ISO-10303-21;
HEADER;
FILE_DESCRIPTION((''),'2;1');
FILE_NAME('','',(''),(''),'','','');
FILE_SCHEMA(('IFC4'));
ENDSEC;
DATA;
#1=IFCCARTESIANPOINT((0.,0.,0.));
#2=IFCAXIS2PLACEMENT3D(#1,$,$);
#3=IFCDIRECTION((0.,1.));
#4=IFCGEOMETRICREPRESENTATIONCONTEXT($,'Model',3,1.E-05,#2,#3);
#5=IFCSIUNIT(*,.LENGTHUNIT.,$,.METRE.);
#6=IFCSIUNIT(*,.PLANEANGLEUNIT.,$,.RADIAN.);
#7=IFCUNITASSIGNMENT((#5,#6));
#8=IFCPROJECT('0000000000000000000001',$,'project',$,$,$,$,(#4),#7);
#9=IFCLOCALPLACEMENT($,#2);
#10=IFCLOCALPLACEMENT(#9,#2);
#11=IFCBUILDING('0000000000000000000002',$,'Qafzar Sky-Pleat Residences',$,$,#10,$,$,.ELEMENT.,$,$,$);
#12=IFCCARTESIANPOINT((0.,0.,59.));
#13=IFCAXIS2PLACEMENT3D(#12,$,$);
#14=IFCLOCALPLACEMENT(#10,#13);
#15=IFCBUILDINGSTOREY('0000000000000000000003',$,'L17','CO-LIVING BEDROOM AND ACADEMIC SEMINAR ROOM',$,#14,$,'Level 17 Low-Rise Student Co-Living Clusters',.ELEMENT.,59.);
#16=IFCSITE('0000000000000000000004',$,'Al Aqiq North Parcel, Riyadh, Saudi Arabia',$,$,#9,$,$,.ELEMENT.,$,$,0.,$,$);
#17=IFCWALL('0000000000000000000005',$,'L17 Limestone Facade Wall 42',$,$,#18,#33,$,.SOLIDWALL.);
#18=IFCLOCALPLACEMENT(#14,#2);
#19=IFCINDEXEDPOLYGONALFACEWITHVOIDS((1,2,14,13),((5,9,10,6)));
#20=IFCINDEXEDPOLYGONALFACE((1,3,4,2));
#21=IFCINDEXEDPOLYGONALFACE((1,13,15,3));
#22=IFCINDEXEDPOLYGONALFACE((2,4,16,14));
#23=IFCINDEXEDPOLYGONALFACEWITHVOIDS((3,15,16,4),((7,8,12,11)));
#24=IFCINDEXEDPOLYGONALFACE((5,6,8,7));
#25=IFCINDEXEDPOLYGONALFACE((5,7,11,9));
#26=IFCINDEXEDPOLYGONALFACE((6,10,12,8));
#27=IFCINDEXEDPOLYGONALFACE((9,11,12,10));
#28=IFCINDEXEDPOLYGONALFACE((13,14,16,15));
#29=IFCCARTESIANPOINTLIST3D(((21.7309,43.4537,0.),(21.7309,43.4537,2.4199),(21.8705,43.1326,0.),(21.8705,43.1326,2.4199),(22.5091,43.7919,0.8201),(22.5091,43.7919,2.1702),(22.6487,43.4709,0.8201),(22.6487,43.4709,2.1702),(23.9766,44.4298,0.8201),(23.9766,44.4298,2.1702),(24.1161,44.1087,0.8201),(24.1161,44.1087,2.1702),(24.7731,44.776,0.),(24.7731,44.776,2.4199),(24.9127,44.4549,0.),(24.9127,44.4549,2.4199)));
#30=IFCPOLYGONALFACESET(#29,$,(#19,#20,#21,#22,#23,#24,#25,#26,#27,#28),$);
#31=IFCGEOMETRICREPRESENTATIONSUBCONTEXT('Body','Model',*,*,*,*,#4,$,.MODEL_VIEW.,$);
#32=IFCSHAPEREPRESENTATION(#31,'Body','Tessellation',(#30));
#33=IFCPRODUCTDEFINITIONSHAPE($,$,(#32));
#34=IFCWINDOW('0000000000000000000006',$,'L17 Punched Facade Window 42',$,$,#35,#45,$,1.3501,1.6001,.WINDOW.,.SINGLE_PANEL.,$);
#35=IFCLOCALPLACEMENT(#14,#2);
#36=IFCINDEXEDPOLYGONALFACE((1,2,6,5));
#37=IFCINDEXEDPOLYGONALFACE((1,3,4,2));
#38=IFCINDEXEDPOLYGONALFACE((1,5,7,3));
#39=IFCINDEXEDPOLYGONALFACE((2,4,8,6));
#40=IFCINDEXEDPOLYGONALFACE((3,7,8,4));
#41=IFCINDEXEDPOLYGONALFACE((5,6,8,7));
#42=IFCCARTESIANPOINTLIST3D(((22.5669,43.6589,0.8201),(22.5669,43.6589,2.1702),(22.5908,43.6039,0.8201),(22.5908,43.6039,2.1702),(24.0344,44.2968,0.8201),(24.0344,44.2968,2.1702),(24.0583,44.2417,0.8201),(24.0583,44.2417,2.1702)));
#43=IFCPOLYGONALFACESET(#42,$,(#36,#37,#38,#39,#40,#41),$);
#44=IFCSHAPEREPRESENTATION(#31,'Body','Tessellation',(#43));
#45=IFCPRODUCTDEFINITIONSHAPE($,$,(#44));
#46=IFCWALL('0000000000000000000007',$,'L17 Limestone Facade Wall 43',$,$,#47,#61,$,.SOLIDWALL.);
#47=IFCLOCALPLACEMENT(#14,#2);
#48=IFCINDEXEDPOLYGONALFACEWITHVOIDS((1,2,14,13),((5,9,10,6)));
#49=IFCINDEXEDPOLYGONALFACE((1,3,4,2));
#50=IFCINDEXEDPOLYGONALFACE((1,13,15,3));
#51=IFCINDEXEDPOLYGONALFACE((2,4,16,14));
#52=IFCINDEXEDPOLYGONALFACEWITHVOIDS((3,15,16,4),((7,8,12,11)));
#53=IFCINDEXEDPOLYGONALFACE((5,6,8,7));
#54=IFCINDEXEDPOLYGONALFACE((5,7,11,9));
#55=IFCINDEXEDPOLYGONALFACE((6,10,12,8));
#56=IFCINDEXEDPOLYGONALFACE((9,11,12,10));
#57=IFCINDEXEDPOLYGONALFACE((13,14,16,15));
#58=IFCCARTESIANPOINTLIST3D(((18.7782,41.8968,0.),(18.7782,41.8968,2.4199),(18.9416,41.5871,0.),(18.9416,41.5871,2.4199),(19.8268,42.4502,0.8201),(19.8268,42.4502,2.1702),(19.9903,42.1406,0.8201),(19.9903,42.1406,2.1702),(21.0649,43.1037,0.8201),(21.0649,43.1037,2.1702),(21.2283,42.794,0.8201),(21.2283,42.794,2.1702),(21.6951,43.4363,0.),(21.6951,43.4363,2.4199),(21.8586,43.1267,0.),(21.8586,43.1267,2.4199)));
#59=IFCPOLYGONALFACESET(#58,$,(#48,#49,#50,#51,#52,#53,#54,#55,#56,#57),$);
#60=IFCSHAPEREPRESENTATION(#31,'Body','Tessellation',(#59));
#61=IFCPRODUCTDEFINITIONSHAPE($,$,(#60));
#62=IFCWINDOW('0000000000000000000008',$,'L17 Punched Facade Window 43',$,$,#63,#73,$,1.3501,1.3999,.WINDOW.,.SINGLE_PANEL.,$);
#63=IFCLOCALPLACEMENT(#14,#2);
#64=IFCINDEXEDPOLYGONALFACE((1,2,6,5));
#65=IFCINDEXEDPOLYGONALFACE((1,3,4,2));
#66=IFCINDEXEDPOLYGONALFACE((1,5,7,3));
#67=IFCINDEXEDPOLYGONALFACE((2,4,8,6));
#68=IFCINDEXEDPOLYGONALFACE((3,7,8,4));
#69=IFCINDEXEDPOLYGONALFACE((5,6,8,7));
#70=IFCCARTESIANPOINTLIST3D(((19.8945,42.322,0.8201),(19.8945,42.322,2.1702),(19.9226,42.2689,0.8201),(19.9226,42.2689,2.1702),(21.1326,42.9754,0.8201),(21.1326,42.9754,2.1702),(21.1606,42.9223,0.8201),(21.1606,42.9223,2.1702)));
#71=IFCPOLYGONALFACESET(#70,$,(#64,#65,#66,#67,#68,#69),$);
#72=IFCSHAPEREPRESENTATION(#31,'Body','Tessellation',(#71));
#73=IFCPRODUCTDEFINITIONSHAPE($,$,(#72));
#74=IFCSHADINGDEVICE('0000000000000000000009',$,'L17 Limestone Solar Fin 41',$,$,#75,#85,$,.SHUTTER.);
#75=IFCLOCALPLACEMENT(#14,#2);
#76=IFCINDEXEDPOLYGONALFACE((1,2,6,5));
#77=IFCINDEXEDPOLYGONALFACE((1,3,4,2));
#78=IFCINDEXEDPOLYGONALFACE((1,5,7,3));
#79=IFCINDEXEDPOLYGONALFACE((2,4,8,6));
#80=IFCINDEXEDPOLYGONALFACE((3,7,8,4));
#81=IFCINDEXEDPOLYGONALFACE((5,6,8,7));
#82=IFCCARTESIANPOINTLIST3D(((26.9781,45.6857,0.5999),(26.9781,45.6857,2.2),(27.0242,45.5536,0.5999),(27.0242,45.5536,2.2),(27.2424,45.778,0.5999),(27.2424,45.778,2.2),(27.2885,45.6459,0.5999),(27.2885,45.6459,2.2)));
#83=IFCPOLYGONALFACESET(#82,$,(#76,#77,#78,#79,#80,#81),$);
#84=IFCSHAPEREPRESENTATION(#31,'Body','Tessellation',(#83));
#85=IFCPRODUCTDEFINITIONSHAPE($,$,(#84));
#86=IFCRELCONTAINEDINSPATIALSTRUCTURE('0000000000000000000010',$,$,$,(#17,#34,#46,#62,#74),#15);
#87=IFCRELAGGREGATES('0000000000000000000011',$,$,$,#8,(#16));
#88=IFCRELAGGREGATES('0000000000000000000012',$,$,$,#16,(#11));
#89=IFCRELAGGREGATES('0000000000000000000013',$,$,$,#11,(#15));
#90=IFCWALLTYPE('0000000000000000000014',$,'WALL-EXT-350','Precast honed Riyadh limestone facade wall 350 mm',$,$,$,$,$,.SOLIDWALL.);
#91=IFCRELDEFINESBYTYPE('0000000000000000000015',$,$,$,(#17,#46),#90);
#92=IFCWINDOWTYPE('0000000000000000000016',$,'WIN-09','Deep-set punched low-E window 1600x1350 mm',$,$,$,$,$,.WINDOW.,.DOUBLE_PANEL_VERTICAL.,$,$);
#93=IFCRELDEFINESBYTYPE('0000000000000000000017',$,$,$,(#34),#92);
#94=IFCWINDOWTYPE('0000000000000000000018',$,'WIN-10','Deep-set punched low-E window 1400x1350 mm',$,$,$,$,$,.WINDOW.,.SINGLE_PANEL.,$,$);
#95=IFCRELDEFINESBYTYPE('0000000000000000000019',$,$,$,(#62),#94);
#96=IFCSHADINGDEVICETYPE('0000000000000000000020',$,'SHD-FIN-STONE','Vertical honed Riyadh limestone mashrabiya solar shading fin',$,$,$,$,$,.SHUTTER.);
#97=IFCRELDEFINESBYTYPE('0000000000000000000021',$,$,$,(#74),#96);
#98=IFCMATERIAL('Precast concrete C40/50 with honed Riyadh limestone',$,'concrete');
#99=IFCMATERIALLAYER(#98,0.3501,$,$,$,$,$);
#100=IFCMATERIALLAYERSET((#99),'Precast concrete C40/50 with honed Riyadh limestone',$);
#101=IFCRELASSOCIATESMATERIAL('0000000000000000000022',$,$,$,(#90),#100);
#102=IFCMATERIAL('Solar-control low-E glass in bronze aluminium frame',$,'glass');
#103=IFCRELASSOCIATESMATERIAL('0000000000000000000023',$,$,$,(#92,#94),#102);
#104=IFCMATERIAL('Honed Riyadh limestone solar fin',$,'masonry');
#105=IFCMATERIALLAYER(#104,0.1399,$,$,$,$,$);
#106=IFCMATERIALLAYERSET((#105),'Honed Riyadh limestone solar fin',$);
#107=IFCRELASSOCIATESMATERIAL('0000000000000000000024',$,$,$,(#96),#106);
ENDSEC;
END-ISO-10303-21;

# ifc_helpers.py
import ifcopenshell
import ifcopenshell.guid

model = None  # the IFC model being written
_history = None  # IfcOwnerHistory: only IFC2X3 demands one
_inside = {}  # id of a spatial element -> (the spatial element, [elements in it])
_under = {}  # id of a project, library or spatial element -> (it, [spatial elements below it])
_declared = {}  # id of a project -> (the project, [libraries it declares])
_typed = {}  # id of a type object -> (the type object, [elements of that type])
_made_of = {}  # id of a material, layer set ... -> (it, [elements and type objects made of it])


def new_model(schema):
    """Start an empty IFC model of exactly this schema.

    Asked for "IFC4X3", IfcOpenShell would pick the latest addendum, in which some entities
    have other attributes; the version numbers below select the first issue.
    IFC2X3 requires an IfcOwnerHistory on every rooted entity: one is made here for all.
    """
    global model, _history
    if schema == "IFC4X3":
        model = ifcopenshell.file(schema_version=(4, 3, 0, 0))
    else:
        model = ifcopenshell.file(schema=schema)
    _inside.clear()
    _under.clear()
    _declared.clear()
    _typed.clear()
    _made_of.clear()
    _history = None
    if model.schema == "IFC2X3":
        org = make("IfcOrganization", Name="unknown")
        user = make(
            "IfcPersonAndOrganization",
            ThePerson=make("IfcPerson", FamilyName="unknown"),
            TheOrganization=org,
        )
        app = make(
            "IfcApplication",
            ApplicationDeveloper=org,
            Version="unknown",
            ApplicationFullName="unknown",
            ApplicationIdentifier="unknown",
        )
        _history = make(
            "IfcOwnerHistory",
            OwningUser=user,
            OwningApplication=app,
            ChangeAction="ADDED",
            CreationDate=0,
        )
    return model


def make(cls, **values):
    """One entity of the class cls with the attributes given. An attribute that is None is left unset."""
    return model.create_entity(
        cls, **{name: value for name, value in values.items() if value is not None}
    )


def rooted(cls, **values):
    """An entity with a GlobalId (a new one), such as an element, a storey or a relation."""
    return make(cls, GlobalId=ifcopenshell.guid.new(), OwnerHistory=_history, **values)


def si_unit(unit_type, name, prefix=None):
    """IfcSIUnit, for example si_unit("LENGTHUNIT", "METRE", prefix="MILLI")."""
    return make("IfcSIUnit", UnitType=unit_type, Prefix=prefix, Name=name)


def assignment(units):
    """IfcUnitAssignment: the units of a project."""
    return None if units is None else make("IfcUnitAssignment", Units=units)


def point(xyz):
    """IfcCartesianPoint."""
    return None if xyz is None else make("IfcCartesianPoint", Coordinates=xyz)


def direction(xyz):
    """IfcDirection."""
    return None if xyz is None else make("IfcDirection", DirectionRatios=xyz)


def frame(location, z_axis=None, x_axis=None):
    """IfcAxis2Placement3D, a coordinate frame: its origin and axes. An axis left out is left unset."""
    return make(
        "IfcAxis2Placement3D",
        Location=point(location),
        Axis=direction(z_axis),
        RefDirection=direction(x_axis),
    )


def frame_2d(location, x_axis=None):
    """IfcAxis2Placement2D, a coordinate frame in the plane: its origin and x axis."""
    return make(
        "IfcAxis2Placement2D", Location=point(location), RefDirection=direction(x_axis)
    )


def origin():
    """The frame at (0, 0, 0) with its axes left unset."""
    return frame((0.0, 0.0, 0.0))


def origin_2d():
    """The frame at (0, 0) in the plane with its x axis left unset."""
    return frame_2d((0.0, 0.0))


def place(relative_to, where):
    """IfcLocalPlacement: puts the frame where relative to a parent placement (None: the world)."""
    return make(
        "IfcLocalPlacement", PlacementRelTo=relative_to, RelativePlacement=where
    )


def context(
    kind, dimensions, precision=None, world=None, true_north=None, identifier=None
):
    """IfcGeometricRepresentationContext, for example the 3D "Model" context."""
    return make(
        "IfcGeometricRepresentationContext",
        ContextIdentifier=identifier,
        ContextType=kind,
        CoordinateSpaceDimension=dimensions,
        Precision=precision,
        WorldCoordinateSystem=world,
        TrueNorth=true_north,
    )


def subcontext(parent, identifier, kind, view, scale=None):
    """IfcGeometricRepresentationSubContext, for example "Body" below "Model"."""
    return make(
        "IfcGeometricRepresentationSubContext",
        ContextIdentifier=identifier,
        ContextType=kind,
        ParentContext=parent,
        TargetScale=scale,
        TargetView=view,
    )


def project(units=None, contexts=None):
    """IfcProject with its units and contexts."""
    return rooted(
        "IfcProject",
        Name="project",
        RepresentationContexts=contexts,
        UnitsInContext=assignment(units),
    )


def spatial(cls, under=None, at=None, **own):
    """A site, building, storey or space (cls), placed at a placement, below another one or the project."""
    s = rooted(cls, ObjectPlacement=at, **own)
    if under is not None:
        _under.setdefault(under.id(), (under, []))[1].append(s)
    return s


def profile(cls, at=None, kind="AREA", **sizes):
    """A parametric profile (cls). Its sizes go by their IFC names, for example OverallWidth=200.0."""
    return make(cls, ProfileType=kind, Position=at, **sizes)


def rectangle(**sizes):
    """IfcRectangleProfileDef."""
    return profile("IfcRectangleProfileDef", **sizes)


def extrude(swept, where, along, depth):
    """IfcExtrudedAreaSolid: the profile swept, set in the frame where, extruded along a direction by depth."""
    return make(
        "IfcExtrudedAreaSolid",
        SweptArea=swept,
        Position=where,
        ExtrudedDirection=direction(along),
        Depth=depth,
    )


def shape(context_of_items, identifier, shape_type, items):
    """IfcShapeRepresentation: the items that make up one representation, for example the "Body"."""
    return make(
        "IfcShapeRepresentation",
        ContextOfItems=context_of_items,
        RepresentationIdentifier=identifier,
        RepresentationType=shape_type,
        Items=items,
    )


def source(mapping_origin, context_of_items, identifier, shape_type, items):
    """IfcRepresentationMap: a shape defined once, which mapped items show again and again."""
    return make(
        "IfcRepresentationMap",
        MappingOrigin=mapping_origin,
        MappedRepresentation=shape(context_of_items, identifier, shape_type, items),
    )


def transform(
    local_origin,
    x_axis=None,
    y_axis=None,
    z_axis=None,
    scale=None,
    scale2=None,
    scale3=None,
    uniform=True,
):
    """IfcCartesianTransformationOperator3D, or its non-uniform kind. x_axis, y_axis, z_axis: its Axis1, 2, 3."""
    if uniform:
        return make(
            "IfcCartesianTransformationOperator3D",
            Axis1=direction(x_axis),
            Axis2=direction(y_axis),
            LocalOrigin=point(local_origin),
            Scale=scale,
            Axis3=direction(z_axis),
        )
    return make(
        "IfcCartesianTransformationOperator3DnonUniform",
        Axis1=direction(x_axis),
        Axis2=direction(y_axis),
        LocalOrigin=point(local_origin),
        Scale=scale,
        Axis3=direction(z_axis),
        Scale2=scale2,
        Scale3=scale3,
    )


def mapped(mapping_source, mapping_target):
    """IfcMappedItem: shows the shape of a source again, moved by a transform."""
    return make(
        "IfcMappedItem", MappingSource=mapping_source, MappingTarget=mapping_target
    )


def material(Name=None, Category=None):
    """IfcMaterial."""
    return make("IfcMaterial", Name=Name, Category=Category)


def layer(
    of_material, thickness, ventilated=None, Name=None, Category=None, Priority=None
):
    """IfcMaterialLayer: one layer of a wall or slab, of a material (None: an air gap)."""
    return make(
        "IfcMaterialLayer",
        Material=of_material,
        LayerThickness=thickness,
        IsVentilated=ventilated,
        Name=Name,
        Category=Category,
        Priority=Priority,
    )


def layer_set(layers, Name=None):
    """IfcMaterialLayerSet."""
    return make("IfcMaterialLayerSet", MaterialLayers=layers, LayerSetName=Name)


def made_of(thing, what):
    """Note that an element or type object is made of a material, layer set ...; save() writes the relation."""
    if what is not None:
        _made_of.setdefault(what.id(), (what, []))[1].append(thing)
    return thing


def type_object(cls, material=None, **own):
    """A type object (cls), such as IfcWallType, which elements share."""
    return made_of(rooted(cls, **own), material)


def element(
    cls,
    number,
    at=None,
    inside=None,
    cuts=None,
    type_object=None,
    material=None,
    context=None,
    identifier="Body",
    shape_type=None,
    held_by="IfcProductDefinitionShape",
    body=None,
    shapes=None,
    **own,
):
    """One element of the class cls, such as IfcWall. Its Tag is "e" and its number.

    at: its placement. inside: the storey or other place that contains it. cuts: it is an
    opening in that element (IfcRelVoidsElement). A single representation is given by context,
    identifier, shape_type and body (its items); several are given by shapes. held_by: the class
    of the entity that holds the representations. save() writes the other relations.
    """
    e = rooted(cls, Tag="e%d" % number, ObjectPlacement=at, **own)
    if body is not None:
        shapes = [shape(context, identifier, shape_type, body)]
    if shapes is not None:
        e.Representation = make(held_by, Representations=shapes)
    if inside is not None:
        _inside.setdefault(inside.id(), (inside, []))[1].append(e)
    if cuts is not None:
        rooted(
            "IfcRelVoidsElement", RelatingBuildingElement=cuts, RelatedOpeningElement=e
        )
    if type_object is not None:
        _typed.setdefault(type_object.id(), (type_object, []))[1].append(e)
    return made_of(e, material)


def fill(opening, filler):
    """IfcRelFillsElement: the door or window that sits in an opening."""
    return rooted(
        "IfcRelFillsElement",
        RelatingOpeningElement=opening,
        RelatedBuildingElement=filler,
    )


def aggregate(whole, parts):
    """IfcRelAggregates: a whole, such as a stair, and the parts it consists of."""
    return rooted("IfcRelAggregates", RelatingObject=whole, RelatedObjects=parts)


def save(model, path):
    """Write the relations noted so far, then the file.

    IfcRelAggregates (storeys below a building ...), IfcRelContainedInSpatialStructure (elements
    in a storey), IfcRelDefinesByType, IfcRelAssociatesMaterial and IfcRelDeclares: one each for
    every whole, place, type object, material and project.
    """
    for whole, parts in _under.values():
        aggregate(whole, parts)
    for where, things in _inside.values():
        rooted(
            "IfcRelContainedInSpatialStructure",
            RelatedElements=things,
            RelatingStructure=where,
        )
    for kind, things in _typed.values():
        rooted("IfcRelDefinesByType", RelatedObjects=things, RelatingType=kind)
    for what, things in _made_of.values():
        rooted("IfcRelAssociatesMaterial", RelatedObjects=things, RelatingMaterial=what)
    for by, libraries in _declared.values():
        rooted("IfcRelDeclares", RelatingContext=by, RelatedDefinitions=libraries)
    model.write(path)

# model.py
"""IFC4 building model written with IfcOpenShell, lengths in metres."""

from ifc_helpers import new_model, si_unit, direction, frame, frame_2d, origin, origin_2d, place, context, subcontext, project, spatial, rectangle, extrude, source, transform, mapped, material, layer, layer_set, type_object, element, fill, save


model = new_model("IFC4")

# Units and contexts
model_context = context("Model", 3, precision=1e-05, world=origin(), true_north=direction((0.0, 1.0)))
body_context = subcontext(model_context, "Body", "Model", "MODEL_VIEW")
ifc_project = project(units=[si_unit("LENGTHUNIT", "METRE"), si_unit("PLANEANGLEUNIT", "RADIAN")], contexts=[model_context])

# Site, building, storey
site_placement = place(None, origin())
site = spatial("IfcSite", under=ifc_project, at=site_placement, Name="Al Aqiq North Parcel, Riyadh, Saudi Arabia", CompositionType="ELEMENT", RefElevation=0.0)
building_placement = place(site_placement, origin())
building = spatial("IfcBuilding", under=site, at=building_placement, Name="Qafzar Sky-Pleat Residences", CompositionType="ELEMENT")
storey_placement = place(building_placement, frame((0.0, 0.0, 59.0)))
storey = spatial("IfcBuildingStorey", under=building, at=storey_placement, Name="L17", Description="CO-LIVING BEDROOM AND ACADEMIC SEMINAR ROOM", LongName="Level 17 Low-Rise Student Co-Living Clusters", CompositionType="ELEMENT", Elevation=59.0)

# Walls, openings, windows
ifc_material_1 = material(Name="Precast concrete C40/50 with honed Riyadh limestone", Category="concrete")
ifc_layer_1 = layer(ifc_material_1, 0.3501)
ifc_layer_set_1 = layer_set([ifc_layer_1], Name="Precast concrete C40/50 with honed Riyadh limestone")
wall_type_1 = type_object("IfcWallType", Name="WALL-EXT-350", Description="Precast honed Riyadh limestone facade wall 350 mm", PredefinedType="SOLIDWALL", material=ifc_layer_set_1)
ifc_material_2 = material(Name="Solar-control low-E glass in bronze aluminium frame", Category="glass")
wall_1_placement = place(storey_placement, frame((24.843, 44.6155, 0.0), z_axis=(0.0, 0.0, 1.0), x_axis=(-0.917119, -0.398613, 0.0)))
wall_1 = element("IfcWall", 1, at=wall_1_placement, inside=storey, type_object=wall_type_1, Name="L17 Limestone Facade Wall 42", PredefinedType="SOLIDWALL", context=body_context, shape_type="SweptSolid", body=[
    extrude(rectangle(XDim=3.3171, YDim=0.3501, at=frame_2d((1.6587, 0.0))), origin(), (0.0, 0.0, 1.0), 2.4199),
])
opening_1_placement = place(wall_1_placement, frame((0.8687, 0.0, 0.8201)))
opening_1 = element("IfcOpeningElement", 2, at=opening_1_placement, cuts=wall_1, PredefinedType="OPENING", context=body_context, shape_type="SweptSolid", body=[
    extrude(rectangle(XDim=1.6001, YDim=1.3501, at=frame_2d((0.8, 0.675))), frame((0.0, 0.1851, 0.0), z_axis=(0.0, -1.0, 0.0), x_axis=(1.0, 0.0, 0.0)), (0.0, 0.0, 1.0), 0.3701),
])
window_type_1 = type_object("IfcWindowType", Name="WIN-09", Description="Deep-set punched low-E window 1600x1350 mm", PartitioningType="DOUBLE_PANEL_VERTICAL", PredefinedType="WINDOW", material=ifc_material_2)
shared_shape_1 = source(origin(), body_context, "Body", "SweptSolid", [
    extrude(rectangle(XDim=1.6001, YDim=1.3501, at=frame_2d((0.8, 0.675))), frame((0.0, 0.03, 0.0), z_axis=(0.0, -1.0, 0.0), x_axis=(1.0, 0.0, 0.0)), (0.0, 0.0, 1.0), 0.0601),
])
window_1_placement = place(opening_1_placement, origin())
window_1 = element("IfcWindow", 3, at=window_1_placement, inside=storey, type_object=window_type_1, Name="L17 Punched Facade Window 42", OverallHeight=1.3501, OverallWidth=1.6001, PartitioningType="SINGLE_PANEL", PredefinedType="WINDOW", context=body_context, shape_type="MappedRepresentation", body=[
    mapped(shared_shape_1, transform((0.0, 0.0, 0.0), x_axis=(1.0, 0.0, 0.0), y_axis=(0.0, 1.0, 0.0), z_axis=(0.0, 0.0, 1.0), scale=1.0)),
])
fill(opening_1, window_1)
wall_2_placement = place(storey_placement, frame((21.7769, 43.2815, 0.0), z_axis=(0.0, 0.0, 1.0), x_axis=(-0.884381, -0.466765, 0.0)))
wall_2 = element("IfcWall", 4, at=wall_2_placement, inside=storey, type_object=wall_type_1, Name="L17 Limestone Facade Wall 43", PredefinedType="SOLIDWALL", context=body_context, shape_type="SweptSolid", body=[
    extrude(rectangle(XDim=3.2983, YDim=0.3501, at=frame_2d((1.6492, 0.0))), origin(), (0.0, 0.0, 1.0), 2.4199),
])
opening_2_placement = place(wall_2_placement, frame((0.7126, 0.0, 0.8201)))
opening_2 = element("IfcOpeningElement", 5, at=opening_2_placement, cuts=wall_2, PredefinedType="OPENING", context=body_context, shape_type="SweptSolid", body=[
    extrude(rectangle(XDim=1.3999, YDim=1.3501, at=frame_2d((0.7, 0.675))), frame((0.0, 0.1851, 0.0), z_axis=(0.0, -1.0, 0.0), x_axis=(1.0, 0.0, 0.0)), (0.0, 0.0, 1.0), 0.3701),
])
window_type_2 = type_object("IfcWindowType", Name="WIN-10", Description="Deep-set punched low-E window 1400x1350 mm", PartitioningType="SINGLE_PANEL", PredefinedType="WINDOW", material=ifc_material_2)
shared_shape_2 = source(origin(), body_context, "Body", "SweptSolid", [
    extrude(rectangle(XDim=1.3999, YDim=1.3501, at=frame_2d((0.7, 0.675))), frame((0.0, 0.03, 0.0), z_axis=(0.0, -1.0, 0.0), x_axis=(1.0, 0.0, 0.0)), (0.0, 0.0, 1.0), 0.0601),
])
window_2_placement = place(opening_2_placement, origin())
window_2 = element("IfcWindow", 6, at=window_2_placement, inside=storey, type_object=window_type_2, Name="L17 Punched Facade Window 43", OverallHeight=1.3501, OverallWidth=1.3999, PartitioningType="SINGLE_PANEL", PredefinedType="WINDOW", context=body_context, shape_type="MappedRepresentation", body=[
    mapped(shared_shape_2, transform((0.0, 0.0, 0.0), x_axis=(1.0, 0.0, 0.0), y_axis=(0.0, 1.0, 0.0), z_axis=(0.0, 0.0, 1.0), scale=1.0)),
])
fill(opening_2, window_2)

# Shading device
ifc_material_3 = material(Name="Honed Riyadh limestone solar fin", Category="masonry")
ifc_layer_2 = layer(ifc_material_3, 0.1399)
ifc_layer_set_2 = layer_set([ifc_layer_2], Name="Honed Riyadh limestone solar fin")
shading_device_type = type_object("IfcShadingDeviceType", Name="SHD-FIN-STONE", Description="Vertical honed Riyadh limestone mashrabiya solar shading fin", PredefinedType="SHUTTER", material=ifc_layer_set_2)
shared_shape_3 = source(origin(), body_context, "Body", "SweptSolid", [
    extrude(rectangle(XDim=0.1399, YDim=0.28, at=origin_2d()), origin(), (0.0, 0.0, 1.0), 1.6001),
])
shading_device_placement = place(storey_placement, frame((27.1333, 45.6658, 0.5999), z_axis=(0.0, 0.0, 1.0), x_axis=(-0.329567, 0.944132, 0.0)))
element("IfcShadingDevice", 7, at=shading_device_placement, inside=storey, type_object=shading_device_type, Name="L17 Limestone Solar Fin 41", PredefinedType="SHUTTER", context=body_context, shape_type="MappedRepresentation", body=[
    mapped(shared_shape_3, transform((0.0, 0.0, 0.0), x_axis=(1.0, 0.0, 0.0), y_axis=(0.0, 1.0, 0.0), z_axis=(0.0, 0.0, 1.0), scale=1.0)),
])

save(model, "model.ifc")
